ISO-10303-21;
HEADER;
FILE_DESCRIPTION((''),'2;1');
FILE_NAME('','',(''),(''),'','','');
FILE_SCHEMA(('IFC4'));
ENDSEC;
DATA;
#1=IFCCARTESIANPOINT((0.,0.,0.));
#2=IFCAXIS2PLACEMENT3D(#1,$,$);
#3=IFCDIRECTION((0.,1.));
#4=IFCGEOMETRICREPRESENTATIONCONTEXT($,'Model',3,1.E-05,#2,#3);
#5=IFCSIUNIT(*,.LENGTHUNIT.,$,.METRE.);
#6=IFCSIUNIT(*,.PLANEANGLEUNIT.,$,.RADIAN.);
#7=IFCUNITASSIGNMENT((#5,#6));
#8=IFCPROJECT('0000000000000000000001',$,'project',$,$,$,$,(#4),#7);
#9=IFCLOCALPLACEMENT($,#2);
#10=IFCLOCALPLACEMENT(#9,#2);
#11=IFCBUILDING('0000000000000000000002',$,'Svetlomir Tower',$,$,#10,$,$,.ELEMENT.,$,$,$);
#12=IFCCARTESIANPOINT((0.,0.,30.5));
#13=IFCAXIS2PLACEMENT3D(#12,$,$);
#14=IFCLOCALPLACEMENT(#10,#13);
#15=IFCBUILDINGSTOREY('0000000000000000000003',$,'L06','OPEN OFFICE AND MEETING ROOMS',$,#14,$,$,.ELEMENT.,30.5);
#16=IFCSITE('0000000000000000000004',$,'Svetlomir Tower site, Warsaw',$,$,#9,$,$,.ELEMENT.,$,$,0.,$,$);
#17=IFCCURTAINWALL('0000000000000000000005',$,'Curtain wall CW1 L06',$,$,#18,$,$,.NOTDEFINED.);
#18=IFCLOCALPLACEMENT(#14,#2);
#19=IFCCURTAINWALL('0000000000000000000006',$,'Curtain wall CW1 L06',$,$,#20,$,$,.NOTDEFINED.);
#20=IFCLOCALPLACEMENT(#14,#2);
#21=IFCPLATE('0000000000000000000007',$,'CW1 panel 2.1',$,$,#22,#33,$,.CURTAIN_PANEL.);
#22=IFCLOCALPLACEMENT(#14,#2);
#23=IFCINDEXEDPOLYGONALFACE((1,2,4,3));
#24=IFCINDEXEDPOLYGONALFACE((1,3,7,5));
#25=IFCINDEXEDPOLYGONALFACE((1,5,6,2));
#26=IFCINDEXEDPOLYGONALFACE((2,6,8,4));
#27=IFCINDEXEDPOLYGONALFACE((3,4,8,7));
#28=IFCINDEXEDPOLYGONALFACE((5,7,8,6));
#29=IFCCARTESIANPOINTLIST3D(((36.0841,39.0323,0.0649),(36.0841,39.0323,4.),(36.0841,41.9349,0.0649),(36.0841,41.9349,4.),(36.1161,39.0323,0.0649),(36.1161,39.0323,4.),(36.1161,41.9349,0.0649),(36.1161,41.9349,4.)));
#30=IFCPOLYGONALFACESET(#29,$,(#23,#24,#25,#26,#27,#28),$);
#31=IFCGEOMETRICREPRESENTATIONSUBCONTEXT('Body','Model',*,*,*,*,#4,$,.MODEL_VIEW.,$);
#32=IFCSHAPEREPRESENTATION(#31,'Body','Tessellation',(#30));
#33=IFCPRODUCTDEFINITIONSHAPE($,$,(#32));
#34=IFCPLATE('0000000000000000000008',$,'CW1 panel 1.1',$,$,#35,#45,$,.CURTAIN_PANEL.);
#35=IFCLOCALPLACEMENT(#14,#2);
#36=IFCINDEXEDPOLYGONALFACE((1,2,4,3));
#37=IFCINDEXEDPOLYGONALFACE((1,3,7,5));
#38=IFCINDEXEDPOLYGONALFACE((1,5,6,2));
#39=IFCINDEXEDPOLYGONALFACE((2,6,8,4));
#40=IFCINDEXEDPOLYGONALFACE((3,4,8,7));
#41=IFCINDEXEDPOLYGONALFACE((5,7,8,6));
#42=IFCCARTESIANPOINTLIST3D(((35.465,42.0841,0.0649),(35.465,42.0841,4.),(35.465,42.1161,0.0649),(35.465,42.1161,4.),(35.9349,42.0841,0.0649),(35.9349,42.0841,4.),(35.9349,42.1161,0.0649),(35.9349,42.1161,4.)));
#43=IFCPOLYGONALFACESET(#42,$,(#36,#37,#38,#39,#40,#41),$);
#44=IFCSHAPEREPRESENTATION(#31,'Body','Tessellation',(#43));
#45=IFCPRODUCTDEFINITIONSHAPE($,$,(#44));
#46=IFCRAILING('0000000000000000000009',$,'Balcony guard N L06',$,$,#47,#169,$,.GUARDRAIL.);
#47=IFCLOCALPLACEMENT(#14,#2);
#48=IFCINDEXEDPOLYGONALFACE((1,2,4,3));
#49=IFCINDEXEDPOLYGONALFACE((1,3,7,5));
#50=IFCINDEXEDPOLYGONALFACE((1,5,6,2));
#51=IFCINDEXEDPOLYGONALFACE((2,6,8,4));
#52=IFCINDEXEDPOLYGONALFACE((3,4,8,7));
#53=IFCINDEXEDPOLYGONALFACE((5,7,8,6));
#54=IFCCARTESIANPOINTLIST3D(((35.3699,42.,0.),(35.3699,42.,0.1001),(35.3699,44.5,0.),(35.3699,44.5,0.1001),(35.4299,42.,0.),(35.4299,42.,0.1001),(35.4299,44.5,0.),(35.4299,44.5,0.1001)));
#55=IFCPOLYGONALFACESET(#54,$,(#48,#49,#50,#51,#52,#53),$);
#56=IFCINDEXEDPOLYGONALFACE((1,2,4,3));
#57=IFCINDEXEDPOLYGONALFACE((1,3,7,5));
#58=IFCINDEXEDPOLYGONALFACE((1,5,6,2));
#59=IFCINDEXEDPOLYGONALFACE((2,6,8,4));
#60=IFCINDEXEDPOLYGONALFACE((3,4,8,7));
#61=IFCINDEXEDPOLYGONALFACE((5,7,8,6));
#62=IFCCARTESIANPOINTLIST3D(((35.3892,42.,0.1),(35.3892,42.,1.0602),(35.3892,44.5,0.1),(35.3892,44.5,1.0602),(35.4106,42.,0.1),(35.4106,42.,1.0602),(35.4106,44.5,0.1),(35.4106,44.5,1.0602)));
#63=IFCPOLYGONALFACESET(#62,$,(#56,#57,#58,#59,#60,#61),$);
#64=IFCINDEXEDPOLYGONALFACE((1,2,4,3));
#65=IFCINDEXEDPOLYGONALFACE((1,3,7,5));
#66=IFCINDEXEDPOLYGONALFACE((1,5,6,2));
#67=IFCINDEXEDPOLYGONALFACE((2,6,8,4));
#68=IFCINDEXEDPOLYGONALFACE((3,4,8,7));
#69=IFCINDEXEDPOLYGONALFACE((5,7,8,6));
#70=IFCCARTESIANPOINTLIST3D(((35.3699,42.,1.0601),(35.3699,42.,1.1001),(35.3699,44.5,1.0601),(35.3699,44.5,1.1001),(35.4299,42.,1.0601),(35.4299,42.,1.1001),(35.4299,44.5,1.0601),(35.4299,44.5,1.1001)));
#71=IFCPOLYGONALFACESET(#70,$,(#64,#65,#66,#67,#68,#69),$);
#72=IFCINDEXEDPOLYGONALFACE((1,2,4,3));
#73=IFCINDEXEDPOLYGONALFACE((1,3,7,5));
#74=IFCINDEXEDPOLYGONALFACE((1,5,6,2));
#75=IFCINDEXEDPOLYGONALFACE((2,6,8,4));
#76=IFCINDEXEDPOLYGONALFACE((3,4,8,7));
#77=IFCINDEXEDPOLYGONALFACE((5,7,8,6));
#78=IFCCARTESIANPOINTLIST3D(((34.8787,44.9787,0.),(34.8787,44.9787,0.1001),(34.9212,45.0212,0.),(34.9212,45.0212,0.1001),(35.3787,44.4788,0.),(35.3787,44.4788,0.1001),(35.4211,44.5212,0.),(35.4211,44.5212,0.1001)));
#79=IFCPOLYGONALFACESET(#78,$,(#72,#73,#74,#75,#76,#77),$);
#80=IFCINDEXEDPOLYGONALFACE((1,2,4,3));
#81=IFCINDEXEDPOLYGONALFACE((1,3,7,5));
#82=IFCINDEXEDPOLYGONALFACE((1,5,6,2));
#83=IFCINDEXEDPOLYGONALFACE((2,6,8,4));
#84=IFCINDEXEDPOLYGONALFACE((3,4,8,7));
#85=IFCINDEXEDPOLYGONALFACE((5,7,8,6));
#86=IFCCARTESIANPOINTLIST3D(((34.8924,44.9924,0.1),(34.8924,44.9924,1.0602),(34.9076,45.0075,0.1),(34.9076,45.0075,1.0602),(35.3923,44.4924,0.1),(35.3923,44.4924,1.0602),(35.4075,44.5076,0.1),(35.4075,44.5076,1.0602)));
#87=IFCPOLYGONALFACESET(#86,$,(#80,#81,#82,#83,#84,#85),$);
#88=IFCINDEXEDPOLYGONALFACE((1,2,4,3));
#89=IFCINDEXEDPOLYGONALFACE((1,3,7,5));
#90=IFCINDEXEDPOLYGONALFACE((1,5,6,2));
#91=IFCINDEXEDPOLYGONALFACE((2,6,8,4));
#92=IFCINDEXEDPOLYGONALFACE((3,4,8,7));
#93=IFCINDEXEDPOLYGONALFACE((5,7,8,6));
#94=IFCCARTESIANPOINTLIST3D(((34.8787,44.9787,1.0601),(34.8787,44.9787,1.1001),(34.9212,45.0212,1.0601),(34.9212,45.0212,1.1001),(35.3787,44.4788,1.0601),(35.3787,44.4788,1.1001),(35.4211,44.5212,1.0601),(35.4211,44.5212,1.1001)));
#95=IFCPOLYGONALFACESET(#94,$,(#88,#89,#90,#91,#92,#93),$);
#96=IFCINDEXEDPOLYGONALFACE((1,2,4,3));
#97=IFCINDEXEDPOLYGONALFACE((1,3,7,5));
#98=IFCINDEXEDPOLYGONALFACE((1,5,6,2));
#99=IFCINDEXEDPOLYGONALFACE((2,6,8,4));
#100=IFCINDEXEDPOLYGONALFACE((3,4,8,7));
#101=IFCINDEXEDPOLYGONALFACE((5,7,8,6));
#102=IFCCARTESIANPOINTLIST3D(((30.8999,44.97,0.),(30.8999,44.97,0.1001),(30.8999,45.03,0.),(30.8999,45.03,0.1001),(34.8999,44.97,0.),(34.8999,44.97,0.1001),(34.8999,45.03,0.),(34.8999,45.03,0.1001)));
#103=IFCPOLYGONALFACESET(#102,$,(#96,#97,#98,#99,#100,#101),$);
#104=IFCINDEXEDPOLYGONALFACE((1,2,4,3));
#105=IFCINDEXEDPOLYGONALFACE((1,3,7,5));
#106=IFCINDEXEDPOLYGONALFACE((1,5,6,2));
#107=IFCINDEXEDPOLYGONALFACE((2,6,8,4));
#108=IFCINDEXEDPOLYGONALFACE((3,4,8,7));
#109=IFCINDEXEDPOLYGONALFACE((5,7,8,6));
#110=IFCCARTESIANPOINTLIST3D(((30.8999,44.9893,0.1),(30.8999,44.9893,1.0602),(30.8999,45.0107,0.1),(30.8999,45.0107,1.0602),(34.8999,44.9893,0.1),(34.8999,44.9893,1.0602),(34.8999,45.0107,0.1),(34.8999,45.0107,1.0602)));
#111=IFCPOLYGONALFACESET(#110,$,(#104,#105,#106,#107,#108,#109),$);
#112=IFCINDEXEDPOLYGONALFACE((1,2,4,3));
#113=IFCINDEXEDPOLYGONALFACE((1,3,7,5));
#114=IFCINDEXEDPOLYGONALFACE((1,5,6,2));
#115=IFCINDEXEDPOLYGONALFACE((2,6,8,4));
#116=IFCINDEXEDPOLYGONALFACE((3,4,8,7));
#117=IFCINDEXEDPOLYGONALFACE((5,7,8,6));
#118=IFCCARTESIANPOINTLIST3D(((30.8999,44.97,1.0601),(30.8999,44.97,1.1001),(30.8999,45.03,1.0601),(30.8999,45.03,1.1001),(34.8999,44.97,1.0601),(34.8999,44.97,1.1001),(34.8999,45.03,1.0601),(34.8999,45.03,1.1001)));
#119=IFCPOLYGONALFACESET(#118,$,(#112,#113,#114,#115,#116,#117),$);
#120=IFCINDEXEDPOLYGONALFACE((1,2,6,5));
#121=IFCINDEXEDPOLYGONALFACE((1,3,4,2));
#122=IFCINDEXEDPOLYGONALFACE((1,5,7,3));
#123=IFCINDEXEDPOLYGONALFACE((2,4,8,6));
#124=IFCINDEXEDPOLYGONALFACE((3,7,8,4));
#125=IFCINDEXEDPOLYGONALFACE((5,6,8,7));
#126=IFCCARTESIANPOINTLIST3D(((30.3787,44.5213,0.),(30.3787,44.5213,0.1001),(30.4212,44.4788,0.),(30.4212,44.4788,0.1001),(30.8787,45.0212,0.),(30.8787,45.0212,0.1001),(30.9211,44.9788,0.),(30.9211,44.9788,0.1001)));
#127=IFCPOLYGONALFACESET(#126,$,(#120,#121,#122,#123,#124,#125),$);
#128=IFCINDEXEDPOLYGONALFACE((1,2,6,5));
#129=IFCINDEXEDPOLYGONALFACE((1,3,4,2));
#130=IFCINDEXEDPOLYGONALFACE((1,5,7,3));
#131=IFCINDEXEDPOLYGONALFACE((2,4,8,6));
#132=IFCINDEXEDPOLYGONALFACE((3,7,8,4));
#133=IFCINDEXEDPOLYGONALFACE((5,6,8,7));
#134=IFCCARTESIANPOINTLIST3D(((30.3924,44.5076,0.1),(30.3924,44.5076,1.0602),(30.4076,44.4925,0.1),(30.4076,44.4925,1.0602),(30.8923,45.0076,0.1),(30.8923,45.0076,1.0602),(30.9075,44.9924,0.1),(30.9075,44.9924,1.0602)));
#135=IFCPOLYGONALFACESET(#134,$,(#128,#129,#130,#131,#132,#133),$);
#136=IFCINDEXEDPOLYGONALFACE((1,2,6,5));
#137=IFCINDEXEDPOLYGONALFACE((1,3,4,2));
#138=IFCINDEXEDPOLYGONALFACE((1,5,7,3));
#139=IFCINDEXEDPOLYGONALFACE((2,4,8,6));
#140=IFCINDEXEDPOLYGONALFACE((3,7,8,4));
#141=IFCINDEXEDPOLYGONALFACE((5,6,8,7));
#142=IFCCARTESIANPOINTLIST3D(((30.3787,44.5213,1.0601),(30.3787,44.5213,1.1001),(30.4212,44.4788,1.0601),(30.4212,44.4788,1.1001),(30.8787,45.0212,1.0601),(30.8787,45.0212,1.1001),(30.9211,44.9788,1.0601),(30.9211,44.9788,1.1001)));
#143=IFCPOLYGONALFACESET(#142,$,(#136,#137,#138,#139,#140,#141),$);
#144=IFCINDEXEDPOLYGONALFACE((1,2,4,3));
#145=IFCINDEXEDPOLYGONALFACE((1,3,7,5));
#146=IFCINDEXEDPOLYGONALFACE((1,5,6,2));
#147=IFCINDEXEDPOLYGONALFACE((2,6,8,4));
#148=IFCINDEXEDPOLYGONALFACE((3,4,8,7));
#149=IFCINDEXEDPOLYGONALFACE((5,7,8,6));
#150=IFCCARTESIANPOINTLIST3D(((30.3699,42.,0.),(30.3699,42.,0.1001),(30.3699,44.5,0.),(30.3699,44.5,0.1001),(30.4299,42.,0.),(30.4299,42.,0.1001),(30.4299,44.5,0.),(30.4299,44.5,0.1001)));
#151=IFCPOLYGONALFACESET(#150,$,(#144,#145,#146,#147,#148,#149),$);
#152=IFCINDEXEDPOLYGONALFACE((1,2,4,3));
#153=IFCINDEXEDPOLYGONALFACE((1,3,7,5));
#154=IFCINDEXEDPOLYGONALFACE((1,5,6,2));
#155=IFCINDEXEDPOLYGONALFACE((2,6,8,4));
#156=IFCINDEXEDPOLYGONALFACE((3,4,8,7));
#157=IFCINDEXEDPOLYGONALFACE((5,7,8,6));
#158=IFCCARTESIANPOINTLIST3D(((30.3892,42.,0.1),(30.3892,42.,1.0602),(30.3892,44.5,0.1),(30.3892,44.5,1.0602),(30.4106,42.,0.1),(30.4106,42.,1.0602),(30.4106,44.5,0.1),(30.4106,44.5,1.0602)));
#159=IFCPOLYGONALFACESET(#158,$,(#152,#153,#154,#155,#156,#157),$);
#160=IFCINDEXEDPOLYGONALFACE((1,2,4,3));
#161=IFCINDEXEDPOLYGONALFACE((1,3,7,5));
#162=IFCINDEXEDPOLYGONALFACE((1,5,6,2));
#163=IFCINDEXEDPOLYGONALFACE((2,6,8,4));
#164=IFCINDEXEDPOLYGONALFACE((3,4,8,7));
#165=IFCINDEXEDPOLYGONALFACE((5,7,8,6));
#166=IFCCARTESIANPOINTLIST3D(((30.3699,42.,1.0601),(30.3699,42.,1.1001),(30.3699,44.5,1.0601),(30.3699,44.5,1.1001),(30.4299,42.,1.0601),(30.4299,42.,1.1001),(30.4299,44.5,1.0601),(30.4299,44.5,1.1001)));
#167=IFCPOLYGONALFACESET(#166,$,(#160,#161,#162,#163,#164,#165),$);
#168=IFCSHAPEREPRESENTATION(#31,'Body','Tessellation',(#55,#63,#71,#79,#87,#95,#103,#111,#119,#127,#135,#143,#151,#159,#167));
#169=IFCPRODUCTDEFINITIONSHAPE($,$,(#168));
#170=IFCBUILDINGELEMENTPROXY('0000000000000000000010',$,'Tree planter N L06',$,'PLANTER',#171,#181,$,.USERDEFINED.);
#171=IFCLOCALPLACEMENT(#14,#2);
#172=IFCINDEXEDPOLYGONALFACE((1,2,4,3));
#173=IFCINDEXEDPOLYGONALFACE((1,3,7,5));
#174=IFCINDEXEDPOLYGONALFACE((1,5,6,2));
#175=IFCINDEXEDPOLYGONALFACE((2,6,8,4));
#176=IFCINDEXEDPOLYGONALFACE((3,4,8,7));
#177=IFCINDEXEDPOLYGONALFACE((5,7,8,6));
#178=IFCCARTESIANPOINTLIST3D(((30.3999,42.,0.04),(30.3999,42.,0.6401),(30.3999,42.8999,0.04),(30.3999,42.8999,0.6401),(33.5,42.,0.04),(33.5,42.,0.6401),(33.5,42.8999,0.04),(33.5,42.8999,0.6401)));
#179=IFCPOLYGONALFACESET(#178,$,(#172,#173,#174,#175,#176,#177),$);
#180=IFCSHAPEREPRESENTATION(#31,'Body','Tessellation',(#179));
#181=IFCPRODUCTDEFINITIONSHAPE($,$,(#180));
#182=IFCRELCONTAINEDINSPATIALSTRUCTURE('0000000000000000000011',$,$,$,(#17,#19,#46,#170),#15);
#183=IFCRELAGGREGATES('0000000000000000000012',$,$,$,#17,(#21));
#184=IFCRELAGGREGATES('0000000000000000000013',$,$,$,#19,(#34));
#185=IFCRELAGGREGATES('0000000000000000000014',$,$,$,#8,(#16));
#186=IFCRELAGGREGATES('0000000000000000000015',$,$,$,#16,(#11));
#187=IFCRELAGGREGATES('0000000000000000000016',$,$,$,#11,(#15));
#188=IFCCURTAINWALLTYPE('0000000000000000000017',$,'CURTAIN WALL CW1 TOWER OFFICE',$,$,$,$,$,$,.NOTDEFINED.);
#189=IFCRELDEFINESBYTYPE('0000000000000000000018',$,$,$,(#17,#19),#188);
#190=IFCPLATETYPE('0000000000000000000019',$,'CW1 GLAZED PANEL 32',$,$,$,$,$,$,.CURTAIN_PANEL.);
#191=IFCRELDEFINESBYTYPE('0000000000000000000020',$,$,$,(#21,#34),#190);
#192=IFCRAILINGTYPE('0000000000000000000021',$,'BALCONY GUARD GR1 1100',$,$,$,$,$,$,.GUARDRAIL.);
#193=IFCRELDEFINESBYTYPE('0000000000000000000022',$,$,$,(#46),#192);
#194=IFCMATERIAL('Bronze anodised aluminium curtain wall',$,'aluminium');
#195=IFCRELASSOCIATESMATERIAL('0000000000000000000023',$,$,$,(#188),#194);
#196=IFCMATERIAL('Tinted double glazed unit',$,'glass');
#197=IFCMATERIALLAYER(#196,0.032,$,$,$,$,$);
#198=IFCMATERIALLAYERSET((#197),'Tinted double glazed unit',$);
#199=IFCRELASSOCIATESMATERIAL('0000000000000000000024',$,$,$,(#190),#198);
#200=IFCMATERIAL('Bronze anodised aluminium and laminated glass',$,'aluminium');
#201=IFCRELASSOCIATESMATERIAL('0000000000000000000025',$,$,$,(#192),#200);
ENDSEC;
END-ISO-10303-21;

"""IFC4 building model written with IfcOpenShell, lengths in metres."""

from ifc_helpers import new_model, si_unit, direction, frame, origin, origin_2d, place, context, subcontext, project, spatial, rectangle, extrude, material, layer, layer_set, type_object, element, aggregate, save


model = new_model("IFC4")

# Units and contexts
model_context = context("Model", 3, precision=1e-05, world=origin(), true_north=direction((0.0, 1.0)))
body_context = subcontext(model_context, "Body", "Model", "MODEL_VIEW")
ifc_project = project(units=[si_unit("LENGTHUNIT", "METRE"), si_unit("PLANEANGLEUNIT", "RADIAN")], contexts=[model_context])

# Site, building, storey
site_placement = place(None, origin())
site = spatial("IfcSite", under=ifc_project, at=site_placement, Name="Svetlomir Tower site, Warsaw", CompositionType="ELEMENT", RefElevation=0.0)
building_placement = place(site_placement, origin())
building = spatial("IfcBuilding", under=site, at=building_placement, Name="Svetlomir Tower", CompositionType="ELEMENT")
storey_placement = place(building_placement, frame((0.0, 0.0, 30.5)))
storey = spatial("IfcBuildingStorey", under=building, at=storey_placement, Name="L06", Description="OPEN OFFICE AND MEETING ROOMS", CompositionType="ELEMENT", Elevation=30.5)

# Shared definitions
ifc_material_1 = material(Name="Bronze anodised aluminium curtain wall", Category="aluminium")
curtain_wall_type = type_object("IfcCurtainWallType", Name="CURTAIN WALL CW1 TOWER OFFICE", PredefinedType="NOTDEFINED", material=ifc_material_1)

# Curtain walls
curtain_wall_1_placement = place(storey_placement, origin())
curtain_wall_1 = element("IfcCurtainWall", 1, at=curtain_wall_1_placement, inside=storey, type_object=curtain_wall_type, Name="Curtain wall CW1 L06", PredefinedType="NOTDEFINED")
curtain_wall_2_placement = place(storey_placement, origin())
curtain_wall_2 = element("IfcCurtainWall", 2, at=curtain_wall_2_placement, inside=storey, type_object=curtain_wall_type, Name="Curtain wall CW1 L06", PredefinedType="NOTDEFINED")

# Plates
ifc_material_2 = material(Name="Tinted double glazed unit", Category="glass")
ifc_layer_1 = layer(ifc_material_2, 0.032)
ifc_layer_set_1 = layer_set([ifc_layer_1], Name="Tinted double glazed unit")
plate_type = type_object("IfcPlateType", Name="CW1 GLAZED PANEL 32", PredefinedType="CURTAIN_PANEL", material=ifc_layer_set_1)
plate_1_placement = place(storey_placement, frame((36.1001, 40.4836, 0.0649), z_axis=(0.0, 0.0, 1.0), x_axis=(0.0, 1.0, 0.0)))
plate_1 = element("IfcPlate", 3, at=plate_1_placement, type_object=plate_type, Name="CW1 panel 2.1", PredefinedType="CURTAIN_PANEL", context=body_context, shape_type="SweptSolid", body=[
    extrude(rectangle(XDim=2.9026, YDim=0.032, at=origin_2d()), origin(), (0.0, 0.0, 1.0), 3.9351),
])
aggregate(curtain_wall_1, [plate_1])
plate_2_placement = place(storey_placement, frame((35.7, 42.1001, 0.0649), z_axis=(0.0, 0.0, 1.0), x_axis=(-1.0, 0.0, 0.0)))
plate_2 = element("IfcPlate", 4, at=plate_2_placement, type_object=plate_type, Name="CW1 panel 1.1", PredefinedType="CURTAIN_PANEL", context=body_context, shape_type="SweptSolid", body=[
    extrude(rectangle(XDim=0.47, YDim=0.032, at=origin_2d()), origin(), (0.0, 0.0, 1.0), 3.9351),
])
aggregate(curtain_wall_2, [plate_2])

# Railing
ifc_material_3 = material(Name="Bronze anodised aluminium and laminated glass", Category="aluminium")
railing_type = type_object("IfcRailingType", Name="BALCONY GUARD GR1 1100", PredefinedType="GUARDRAIL", material=ifc_material_3)
railing_placement = place(storey_placement, frame((35.3999, 42.0, 0.0)))
element("IfcRailing", 5, at=railing_placement, inside=storey, type_object=railing_type, Name="Balcony guard N L06", PredefinedType="GUARDRAIL", context=body_context, shape_type="SweptSolid", body=[
    extrude(rectangle(XDim=0.0601, YDim=0.1001, at=origin_2d()), frame((0.0, 0.0, 0.05), z_axis=(0.0, 1.0, 0.0), x_axis=(-1.0, 0.0, 0.0)), (0.0, 0.0, 1.0), 2.5),
    extrude(rectangle(XDim=0.0215, YDim=0.9602, at=origin_2d()), frame((0.0, 0.0, 0.5801), z_axis=(0.0, 1.0, 0.0), x_axis=(-1.0, 0.0, 0.0)), (0.0, 0.0, 1.0), 2.5),
    extrude(rectangle(XDim=0.0601, YDim=0.04, at=origin_2d()), frame((0.0, 0.0, 1.0801), z_axis=(0.0, 1.0, 0.0), x_axis=(-1.0, 0.0, 0.0)), (0.0, 0.0, 1.0), 2.5),
    extrude(rectangle(XDim=0.0601, YDim=0.1001, at=origin_2d()), frame((0.0, 2.5, 0.05), z_axis=(-0.707107, 0.707107, 0.0), x_axis=(-0.707107, -0.707107, 0.0)), (0.0, 0.0, 1.0), 0.707),
    extrude(rectangle(XDim=0.0215, YDim=0.9602, at=origin_2d()), frame((0.0, 2.5, 0.5801), z_axis=(-0.707107, 0.707107, 0.0), x_axis=(-0.707107, -0.707107, 0.0)), (0.0, 0.0, 1.0), 0.707),
    extrude(rectangle(XDim=0.0601, YDim=0.04, at=origin_2d()), frame((0.0, 2.5, 1.0801), z_axis=(-0.707107, 0.707107, 0.0), x_axis=(-0.707107, -0.707107, 0.0)), (0.0, 0.0, 1.0), 0.707),
    extrude(rectangle(XDim=0.0601, YDim=0.1001, at=origin_2d()), frame((-0.5, 3.0, 0.05), z_axis=(-1.0, 0.0, 0.0), x_axis=(0.0, -1.0, 0.0)), (0.0, 0.0, 1.0), 4.0),
    extrude(rectangle(XDim=0.0215, YDim=0.9602, at=origin_2d()), frame((-0.5, 3.0, 0.5801), z_axis=(-1.0, 0.0, 0.0), x_axis=(0.0, -1.0, 0.0)), (0.0, 0.0, 1.0), 4.0),
    extrude(rectangle(XDim=0.0601, YDim=0.04, at=origin_2d()), frame((-0.5, 3.0, 1.0801), z_axis=(-1.0, 0.0, 0.0), x_axis=(0.0, -1.0, 0.0)), (0.0, 0.0, 1.0), 4.0),
    extrude(rectangle(XDim=0.0601, YDim=0.1001, at=origin_2d()), frame((-4.5, 3.0, 0.05), z_axis=(-0.707107, -0.707107, 0.0), x_axis=(0.707107, -0.707107, 0.0)), (0.0, 0.0, 1.0), 0.707),
    extrude(rectangle(XDim=0.0215, YDim=0.9602, at=origin_2d()), frame((-4.5, 3.0, 0.5801), z_axis=(-0.707107, -0.707107, 0.0), x_axis=(0.707107, -0.707107, 0.0)), (0.0, 0.0, 1.0), 0.707),
    extrude(rectangle(XDim=0.0601, YDim=0.04, at=origin_2d()), frame((-4.5, 3.0, 1.0801), z_axis=(-0.707107, -0.707107, 0.0), x_axis=(0.707107, -0.707107, 0.0)), (0.0, 0.0, 1.0), 0.707),
    extrude(rectangle(XDim=0.0601, YDim=0.1001, at=origin_2d()), frame((-5.0, 2.5, 0.05), z_axis=(0.0, -1.0, 0.0), x_axis=(1.0, 0.0, 0.0)), (0.0, 0.0, 1.0), 2.5),
    extrude(rectangle(XDim=0.0215, YDim=0.9602, at=origin_2d()), frame((-5.0, 2.5, 0.5801), z_axis=(0.0, -1.0, 0.0), x_axis=(1.0, 0.0, 0.0)), (0.0, 0.0, 1.0), 2.5),
    extrude(rectangle(XDim=0.0601, YDim=0.04, at=origin_2d()), frame((-5.0, 2.5, 1.0801), z_axis=(0.0, -1.0, 0.0), x_axis=(1.0, 0.0, 0.0)), (0.0, 0.0, 1.0), 2.5),
])

# Building element proxy
proxy_placement = place(storey_placement, frame((31.95, 42.45, 0.04), z_axis=(0.0, 0.0, 1.0), x_axis=(1.0, 0.0, 0.0)))
element("IfcBuildingElementProxy", 6, at=proxy_placement, inside=storey, Name="Tree planter N L06", ObjectType="PLANTER", PredefinedType="USERDEFINED", context=body_context, shape_type="SweptSolid", body=[
    extrude(rectangle(XDim=3.1001, YDim=0.8999, at=origin_2d()), origin(), (0.0, 0.0, 1.0), 0.6001),
])

save(model, "model.ifc")
